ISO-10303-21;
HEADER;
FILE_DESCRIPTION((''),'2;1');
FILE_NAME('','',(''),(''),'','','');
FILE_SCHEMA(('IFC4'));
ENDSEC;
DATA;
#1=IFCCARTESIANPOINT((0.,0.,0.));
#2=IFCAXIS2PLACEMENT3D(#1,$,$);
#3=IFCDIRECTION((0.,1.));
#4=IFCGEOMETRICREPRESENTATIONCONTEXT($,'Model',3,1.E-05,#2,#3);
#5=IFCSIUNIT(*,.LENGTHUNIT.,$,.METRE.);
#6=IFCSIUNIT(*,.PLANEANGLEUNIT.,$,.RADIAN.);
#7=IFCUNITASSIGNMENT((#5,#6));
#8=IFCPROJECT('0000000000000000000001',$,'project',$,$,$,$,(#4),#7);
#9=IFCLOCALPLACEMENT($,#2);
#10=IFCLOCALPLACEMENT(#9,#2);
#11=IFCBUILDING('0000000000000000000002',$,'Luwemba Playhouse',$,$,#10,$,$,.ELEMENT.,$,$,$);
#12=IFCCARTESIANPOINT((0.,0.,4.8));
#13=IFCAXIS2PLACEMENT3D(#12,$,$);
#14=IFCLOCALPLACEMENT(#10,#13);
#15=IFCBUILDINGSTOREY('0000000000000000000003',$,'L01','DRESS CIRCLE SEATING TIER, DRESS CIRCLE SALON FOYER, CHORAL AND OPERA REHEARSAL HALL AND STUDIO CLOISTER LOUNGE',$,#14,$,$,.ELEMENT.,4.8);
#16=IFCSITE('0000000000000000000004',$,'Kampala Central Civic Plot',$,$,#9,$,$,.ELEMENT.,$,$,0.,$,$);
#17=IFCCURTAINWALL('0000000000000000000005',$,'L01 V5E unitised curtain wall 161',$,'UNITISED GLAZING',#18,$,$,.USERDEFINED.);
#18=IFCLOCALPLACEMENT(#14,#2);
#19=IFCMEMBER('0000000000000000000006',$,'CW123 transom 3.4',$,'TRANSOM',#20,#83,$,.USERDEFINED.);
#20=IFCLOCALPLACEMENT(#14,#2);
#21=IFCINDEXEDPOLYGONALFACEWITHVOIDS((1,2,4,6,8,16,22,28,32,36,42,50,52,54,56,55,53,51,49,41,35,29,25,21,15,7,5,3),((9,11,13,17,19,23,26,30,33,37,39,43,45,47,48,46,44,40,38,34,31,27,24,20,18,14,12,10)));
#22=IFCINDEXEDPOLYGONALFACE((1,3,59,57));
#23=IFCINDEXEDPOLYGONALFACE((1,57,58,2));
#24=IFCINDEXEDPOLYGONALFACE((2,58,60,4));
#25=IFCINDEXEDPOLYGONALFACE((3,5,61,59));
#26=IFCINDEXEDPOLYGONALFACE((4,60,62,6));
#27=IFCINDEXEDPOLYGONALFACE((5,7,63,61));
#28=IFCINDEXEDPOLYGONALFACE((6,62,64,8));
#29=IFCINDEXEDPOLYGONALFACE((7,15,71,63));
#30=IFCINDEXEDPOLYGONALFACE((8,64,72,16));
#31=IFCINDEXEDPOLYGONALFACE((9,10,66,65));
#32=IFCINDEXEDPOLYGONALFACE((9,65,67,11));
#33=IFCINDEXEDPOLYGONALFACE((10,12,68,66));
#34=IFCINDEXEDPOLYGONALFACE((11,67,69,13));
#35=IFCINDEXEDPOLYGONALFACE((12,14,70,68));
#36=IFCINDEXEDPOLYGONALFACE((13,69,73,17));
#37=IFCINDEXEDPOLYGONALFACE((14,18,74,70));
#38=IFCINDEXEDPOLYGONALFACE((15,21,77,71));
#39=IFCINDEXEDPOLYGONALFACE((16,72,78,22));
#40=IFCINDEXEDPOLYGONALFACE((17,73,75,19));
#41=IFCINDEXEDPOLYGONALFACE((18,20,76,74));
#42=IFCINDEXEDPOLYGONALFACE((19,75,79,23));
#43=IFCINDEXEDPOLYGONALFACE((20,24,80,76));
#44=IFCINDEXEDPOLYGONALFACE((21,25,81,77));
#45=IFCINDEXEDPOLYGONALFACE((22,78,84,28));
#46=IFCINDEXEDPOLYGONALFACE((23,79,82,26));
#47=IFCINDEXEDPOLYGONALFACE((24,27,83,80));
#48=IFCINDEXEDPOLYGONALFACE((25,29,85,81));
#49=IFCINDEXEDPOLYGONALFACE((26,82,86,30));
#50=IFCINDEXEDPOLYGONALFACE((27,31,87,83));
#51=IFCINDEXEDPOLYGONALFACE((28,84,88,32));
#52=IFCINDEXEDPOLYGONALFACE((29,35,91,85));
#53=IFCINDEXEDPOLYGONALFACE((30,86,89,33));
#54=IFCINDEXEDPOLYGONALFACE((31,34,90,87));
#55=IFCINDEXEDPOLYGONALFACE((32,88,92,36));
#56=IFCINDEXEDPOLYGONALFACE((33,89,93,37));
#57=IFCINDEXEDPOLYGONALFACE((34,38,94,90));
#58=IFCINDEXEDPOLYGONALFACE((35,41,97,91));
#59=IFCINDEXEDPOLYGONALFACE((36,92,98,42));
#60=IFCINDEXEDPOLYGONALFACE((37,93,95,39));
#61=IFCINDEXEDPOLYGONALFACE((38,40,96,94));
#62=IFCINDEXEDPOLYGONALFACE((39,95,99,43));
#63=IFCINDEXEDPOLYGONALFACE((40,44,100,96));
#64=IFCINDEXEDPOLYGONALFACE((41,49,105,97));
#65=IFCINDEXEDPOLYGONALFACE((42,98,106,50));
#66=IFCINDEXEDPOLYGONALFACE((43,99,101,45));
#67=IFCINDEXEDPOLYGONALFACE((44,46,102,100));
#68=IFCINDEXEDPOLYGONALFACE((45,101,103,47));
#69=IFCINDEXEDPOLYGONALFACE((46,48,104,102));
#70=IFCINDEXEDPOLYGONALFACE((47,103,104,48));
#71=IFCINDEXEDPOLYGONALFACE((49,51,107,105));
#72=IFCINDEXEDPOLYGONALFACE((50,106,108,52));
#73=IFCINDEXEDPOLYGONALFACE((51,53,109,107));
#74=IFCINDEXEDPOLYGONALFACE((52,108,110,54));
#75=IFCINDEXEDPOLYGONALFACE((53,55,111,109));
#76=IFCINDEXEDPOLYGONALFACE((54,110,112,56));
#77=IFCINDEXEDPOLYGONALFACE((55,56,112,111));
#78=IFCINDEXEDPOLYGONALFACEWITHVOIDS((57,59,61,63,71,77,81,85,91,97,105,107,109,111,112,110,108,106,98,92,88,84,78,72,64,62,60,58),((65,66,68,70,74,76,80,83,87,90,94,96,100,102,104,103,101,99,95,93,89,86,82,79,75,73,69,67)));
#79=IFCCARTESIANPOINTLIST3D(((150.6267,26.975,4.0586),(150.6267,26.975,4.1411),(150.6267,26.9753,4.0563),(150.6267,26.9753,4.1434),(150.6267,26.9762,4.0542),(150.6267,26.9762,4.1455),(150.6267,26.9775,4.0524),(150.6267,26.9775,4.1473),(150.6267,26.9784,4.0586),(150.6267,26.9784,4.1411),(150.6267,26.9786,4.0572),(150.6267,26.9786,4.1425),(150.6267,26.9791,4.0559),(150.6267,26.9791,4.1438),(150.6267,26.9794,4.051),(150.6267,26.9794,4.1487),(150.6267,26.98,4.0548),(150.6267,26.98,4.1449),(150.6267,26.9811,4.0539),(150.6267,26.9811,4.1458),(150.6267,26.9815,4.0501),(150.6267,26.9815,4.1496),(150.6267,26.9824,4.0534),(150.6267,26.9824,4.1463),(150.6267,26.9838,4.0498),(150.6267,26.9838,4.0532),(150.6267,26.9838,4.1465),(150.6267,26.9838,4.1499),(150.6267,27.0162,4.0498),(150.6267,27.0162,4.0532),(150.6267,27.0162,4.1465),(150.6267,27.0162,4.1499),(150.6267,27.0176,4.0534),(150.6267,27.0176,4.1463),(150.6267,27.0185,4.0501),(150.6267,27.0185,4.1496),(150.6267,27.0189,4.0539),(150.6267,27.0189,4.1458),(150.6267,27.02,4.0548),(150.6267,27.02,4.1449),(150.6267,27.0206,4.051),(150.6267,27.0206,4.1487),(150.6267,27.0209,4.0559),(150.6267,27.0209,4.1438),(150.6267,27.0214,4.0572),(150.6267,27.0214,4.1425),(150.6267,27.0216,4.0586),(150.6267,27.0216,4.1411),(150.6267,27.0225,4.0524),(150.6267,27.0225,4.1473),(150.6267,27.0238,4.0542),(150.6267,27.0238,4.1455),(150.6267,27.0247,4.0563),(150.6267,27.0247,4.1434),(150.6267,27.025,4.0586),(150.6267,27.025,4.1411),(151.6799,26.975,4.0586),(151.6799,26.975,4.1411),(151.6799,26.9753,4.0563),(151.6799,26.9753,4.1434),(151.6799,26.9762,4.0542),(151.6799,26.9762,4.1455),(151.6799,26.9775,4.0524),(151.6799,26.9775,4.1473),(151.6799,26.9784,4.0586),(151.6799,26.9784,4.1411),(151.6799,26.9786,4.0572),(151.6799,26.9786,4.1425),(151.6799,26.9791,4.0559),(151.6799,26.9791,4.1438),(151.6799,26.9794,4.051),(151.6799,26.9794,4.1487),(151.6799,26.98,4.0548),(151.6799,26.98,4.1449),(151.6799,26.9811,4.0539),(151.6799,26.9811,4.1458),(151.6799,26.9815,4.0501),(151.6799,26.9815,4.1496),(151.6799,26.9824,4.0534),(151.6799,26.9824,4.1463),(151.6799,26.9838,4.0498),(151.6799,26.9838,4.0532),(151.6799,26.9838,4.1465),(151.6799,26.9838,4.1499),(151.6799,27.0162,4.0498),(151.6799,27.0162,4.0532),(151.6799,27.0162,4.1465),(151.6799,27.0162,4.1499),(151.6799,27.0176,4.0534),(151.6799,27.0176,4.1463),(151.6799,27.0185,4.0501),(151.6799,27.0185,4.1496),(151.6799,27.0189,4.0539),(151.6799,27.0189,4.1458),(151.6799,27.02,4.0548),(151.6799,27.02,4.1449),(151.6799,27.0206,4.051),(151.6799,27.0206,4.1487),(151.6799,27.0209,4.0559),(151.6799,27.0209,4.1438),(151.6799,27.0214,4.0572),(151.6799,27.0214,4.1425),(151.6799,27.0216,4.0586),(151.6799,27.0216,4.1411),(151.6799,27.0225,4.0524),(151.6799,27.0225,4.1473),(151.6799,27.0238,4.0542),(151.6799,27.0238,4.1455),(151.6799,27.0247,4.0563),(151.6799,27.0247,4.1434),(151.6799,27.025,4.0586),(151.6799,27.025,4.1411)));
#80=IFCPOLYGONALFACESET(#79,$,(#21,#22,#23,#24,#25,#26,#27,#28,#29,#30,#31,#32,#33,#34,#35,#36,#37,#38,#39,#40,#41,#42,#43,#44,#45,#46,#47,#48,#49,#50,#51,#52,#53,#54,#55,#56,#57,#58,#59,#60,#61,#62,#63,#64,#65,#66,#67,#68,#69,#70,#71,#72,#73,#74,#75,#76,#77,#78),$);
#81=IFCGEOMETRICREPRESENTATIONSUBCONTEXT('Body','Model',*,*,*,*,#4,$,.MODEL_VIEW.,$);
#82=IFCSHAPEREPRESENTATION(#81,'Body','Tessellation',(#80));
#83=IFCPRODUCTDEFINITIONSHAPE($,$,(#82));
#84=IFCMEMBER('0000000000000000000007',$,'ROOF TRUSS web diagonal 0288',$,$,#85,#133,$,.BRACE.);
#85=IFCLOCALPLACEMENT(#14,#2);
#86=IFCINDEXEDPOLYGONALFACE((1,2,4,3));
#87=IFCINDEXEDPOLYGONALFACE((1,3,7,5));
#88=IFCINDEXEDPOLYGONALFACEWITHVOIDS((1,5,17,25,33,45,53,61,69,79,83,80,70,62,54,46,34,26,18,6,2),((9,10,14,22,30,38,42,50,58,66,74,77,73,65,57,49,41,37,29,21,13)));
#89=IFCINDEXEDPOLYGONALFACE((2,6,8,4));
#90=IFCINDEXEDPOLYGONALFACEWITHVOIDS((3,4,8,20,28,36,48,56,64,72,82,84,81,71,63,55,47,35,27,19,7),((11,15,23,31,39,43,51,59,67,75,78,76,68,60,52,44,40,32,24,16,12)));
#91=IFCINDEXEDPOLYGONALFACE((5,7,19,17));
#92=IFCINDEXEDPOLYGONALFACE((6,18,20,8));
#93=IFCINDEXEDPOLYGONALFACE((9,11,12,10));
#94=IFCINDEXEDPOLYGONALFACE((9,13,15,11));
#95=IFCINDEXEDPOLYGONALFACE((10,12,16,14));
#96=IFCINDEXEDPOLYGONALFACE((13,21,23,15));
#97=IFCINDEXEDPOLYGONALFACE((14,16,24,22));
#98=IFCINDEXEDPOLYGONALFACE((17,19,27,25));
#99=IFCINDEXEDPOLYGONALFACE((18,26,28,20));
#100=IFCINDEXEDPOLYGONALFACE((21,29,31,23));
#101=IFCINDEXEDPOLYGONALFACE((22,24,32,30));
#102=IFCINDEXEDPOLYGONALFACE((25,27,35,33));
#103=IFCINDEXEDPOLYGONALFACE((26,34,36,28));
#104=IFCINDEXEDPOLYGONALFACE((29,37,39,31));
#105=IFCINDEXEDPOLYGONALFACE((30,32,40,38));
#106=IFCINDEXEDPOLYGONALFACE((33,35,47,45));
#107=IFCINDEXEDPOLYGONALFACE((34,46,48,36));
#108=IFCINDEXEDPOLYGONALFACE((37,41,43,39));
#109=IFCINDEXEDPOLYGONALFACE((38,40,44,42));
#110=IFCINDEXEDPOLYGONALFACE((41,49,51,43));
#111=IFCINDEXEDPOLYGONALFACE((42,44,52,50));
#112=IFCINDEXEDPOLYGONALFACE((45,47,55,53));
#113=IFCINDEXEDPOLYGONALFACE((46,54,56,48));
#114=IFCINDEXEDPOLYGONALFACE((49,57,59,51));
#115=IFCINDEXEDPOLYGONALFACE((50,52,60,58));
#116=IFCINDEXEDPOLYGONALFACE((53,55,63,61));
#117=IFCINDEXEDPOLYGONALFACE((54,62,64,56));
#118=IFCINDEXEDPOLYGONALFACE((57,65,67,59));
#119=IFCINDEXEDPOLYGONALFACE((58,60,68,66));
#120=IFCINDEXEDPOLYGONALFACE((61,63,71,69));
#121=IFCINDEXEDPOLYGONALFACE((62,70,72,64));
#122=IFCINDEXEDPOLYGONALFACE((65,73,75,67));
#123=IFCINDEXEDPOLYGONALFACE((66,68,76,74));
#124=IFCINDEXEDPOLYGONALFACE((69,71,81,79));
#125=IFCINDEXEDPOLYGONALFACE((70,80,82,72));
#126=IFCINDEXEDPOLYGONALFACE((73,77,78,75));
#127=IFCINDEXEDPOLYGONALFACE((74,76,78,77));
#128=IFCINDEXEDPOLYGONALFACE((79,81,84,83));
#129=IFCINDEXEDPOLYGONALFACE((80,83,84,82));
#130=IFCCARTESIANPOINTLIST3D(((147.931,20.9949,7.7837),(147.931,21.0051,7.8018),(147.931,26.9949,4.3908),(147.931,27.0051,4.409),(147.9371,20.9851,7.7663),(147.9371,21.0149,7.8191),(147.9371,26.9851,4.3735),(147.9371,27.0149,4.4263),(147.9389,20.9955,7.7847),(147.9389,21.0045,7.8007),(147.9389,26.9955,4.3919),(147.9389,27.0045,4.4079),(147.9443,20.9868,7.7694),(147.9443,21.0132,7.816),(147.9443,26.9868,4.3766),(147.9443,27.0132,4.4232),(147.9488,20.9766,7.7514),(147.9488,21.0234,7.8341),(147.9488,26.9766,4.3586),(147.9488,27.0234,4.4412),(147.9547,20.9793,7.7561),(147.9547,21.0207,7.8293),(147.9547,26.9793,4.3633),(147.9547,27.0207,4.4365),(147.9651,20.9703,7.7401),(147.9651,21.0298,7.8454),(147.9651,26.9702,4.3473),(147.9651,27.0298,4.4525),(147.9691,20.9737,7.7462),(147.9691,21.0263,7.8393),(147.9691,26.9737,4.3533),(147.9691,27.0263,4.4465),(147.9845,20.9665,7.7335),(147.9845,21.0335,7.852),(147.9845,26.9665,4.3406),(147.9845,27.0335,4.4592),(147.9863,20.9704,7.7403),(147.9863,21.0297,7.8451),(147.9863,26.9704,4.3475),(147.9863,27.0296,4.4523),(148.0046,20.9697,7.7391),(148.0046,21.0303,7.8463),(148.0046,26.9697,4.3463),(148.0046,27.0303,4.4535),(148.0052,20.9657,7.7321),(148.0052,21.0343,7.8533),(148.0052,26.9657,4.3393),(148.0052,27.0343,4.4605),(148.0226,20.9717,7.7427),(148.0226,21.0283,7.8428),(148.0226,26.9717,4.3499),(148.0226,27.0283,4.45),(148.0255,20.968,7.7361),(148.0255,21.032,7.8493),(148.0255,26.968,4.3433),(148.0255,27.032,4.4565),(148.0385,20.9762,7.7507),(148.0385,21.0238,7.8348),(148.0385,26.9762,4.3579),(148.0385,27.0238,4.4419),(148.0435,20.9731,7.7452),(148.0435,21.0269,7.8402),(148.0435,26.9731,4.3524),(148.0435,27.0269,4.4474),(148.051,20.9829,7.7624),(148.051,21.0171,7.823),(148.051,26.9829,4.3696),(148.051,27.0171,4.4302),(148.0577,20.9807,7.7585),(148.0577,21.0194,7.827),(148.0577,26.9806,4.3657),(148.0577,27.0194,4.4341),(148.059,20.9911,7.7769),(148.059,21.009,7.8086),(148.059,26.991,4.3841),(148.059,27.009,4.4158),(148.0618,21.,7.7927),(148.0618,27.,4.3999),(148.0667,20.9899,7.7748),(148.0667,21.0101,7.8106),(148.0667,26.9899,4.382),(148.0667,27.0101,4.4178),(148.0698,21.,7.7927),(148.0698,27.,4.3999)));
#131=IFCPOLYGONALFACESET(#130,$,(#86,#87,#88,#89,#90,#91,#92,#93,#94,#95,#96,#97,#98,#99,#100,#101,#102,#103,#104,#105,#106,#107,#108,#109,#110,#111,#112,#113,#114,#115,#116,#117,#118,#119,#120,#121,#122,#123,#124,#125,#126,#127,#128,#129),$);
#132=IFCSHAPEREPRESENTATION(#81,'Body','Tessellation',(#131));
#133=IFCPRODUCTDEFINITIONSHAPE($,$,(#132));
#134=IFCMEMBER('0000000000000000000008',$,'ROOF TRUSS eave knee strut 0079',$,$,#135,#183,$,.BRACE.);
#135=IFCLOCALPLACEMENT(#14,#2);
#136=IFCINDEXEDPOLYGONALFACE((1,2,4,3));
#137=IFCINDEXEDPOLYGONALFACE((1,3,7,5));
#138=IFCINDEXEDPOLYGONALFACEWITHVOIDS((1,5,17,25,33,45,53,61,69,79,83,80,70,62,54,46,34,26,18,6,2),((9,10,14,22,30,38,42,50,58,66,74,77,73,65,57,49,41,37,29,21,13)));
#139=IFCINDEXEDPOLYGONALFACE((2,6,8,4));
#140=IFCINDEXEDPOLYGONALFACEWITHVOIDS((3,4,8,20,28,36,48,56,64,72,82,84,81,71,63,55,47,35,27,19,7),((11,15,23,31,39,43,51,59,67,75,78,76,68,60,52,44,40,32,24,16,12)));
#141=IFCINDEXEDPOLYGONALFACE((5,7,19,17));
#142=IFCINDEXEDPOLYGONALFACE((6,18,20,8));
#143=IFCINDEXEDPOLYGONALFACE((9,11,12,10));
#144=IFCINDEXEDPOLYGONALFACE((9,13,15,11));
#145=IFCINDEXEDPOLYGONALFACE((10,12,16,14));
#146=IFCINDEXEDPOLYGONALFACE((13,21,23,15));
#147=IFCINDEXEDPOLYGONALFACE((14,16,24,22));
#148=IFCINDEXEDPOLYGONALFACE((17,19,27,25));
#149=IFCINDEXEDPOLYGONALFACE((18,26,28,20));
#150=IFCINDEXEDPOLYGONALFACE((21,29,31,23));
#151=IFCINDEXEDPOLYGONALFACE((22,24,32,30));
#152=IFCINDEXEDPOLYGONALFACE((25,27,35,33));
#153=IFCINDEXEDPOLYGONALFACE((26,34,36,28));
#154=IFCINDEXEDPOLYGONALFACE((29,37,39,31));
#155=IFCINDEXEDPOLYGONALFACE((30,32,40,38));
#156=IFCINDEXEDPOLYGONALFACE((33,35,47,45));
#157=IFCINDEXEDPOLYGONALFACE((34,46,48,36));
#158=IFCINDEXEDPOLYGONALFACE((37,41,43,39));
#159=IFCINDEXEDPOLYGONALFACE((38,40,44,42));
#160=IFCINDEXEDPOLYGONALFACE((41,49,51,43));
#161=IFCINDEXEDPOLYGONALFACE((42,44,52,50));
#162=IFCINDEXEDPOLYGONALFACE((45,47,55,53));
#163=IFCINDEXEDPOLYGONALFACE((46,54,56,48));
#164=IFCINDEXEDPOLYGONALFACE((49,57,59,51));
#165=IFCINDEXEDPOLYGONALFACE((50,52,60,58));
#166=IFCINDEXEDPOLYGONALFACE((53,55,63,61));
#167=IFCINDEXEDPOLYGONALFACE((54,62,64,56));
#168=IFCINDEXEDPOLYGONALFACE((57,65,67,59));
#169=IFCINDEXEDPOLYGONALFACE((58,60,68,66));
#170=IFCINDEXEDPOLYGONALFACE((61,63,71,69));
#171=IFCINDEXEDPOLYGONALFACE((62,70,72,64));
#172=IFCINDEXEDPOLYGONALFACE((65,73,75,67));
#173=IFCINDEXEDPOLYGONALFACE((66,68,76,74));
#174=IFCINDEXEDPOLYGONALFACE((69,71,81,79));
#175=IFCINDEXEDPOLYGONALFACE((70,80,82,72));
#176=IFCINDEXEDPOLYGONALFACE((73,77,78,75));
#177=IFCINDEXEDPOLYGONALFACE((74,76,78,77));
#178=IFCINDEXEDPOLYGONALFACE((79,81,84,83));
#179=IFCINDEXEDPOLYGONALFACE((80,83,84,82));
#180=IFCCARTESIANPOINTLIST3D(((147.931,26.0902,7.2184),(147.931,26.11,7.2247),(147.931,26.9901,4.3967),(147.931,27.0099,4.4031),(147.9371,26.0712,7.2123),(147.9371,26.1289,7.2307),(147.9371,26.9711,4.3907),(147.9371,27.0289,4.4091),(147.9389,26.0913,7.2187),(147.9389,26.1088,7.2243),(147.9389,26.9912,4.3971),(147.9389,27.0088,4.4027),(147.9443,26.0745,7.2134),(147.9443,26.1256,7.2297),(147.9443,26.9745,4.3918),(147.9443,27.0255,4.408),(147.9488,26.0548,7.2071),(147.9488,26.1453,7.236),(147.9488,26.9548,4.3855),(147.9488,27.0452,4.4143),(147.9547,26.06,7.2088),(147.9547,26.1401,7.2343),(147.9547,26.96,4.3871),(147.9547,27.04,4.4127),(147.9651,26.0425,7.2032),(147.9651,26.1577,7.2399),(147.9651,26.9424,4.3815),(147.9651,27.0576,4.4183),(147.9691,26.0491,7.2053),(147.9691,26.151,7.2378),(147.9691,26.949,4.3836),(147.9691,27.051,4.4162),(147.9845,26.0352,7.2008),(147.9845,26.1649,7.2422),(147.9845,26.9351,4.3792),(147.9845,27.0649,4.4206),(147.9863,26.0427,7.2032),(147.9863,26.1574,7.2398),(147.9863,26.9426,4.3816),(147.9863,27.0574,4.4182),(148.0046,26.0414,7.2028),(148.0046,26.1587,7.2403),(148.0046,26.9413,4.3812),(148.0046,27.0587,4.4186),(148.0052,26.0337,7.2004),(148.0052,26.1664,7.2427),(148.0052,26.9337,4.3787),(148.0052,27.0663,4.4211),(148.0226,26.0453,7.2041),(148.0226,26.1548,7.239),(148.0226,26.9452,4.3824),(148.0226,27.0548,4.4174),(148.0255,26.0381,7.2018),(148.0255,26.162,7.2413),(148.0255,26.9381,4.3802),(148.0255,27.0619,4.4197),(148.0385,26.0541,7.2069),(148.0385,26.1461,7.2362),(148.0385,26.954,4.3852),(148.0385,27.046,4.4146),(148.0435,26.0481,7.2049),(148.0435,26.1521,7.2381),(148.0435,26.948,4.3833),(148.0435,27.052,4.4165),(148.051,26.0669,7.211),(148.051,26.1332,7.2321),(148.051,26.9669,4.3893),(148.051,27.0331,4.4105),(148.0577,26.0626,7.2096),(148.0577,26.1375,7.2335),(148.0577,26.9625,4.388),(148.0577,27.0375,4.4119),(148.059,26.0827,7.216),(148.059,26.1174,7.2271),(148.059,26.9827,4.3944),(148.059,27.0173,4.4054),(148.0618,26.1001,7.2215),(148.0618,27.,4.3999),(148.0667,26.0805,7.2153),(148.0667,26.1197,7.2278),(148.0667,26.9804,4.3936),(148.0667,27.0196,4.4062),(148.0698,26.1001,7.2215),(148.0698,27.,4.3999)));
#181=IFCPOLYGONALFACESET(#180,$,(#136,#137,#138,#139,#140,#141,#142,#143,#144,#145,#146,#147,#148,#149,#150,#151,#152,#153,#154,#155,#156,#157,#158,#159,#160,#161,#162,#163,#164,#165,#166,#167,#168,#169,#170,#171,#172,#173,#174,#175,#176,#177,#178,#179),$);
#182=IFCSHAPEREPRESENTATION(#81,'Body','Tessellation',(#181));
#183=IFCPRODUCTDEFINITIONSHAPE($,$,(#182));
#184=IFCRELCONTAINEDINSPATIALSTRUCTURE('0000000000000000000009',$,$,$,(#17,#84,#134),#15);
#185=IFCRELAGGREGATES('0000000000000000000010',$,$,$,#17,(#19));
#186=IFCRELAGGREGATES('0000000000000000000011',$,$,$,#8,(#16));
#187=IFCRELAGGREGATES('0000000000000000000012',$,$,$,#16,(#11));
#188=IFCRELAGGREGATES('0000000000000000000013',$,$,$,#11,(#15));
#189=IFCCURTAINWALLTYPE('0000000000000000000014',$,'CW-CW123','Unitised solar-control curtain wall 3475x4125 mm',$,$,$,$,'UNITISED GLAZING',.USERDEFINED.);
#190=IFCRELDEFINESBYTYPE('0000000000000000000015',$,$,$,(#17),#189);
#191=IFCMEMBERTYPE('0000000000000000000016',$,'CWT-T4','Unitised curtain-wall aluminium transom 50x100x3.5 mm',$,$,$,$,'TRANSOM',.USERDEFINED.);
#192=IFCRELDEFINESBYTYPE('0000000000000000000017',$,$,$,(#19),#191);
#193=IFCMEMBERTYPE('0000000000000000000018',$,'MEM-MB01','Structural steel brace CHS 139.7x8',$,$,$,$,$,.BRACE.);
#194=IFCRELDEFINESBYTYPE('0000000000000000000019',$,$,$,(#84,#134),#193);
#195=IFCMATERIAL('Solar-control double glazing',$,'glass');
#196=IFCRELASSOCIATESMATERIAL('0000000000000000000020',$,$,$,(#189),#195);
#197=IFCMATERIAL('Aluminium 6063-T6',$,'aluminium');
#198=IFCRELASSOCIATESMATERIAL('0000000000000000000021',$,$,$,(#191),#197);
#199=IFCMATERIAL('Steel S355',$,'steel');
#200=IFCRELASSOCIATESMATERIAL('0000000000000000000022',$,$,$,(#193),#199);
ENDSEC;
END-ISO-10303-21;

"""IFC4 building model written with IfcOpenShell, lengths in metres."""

from ifc_helpers import new_model, si_unit, direction, frame, origin, origin_2d, place, context, subcontext, project, spatial, hollow_rectangle, hollow_circle, extrude, material, material_profile, profile_set, type_object, element, aggregate, save


model = new_model("IFC4")

# Units and contexts
model_context = context("Model", 3, precision=1e-05, world=origin(), true_north=direction((0.0, 1.0)))
body_context = subcontext(model_context, "Body", "Model", "MODEL_VIEW")
ifc_project = project(units=[si_unit("LENGTHUNIT", "METRE"), si_unit("PLANEANGLEUNIT", "RADIAN")], contexts=[model_context])

# Site, building, storey
site_placement = place(None, origin())
site = spatial("IfcSite", under=ifc_project, at=site_placement, Name="Kampala Central Civic Plot", CompositionType="ELEMENT", RefElevation=0.0)
building_placement = place(site_placement, origin())
building = spatial("IfcBuilding", under=site, at=building_placement, Name="Luwemba Playhouse", CompositionType="ELEMENT")
storey_placement = place(building_placement, frame((0.0, 0.0, 4.8)))
storey = spatial("IfcBuildingStorey", under=building, at=storey_placement, Name="L01", Description="DRESS CIRCLE SEATING TIER, DRESS CIRCLE SALON FOYER, CHORAL AND OPERA REHEARSAL HALL AND STUDIO CLOISTER LOUNGE", CompositionType="ELEMENT", Elevation=4.8)

# Shared definitions
ifc_material_1 = material(Name="Steel S355", Category="steel")

# Curtain wall, member
ifc_material_2 = material(Name="Solar-control double glazing", Category="glass")
curtain_wall_type = type_object("IfcCurtainWallType", Name="CW-CW123", Description="Unitised solar-control curtain wall 3475x4125 mm", ElementType="UNITISED GLAZING", PredefinedType="USERDEFINED", material=ifc_material_2)
curtain_wall_placement = place(storey_placement, origin())
curtain_wall = element("IfcCurtainWall", 1, at=curtain_wall_placement, inside=storey, type_object=curtain_wall_type, Name="L01 V5E unitised curtain wall 161", ObjectType="UNITISED GLAZING", PredefinedType="USERDEFINED")
ifc_material_3 = material(Name="Aluminium 6063-T6", Category="aluminium")
ifc_material_profile_1 = material_profile(ifc_material_3, hollow_rectangle(XDim=0.05, YDim=0.1001, WallThickness=0.0034, InnerFilletRadius=0.0054, OuterFilletRadius=0.0088, at=origin_2d()))
ifc_profile_set_1 = profile_set([ifc_material_profile_1], Name="Aluminium 6063-T6")
member_type_1 = type_object("IfcMemberType", Name="CWT-T4", Description="Unitised curtain-wall aluminium transom 50x100x3.5 mm", ElementType="TRANSOM", PredefinedType="USERDEFINED", material=ifc_profile_set_1)
member_1_placement = place(storey_placement, frame((150.6267, 27.0, 4.0999), z_axis=(1.0, 0.0, 0.0), x_axis=(0.0, 1.0, 0.0)))
member_1 = element("IfcMember", 2, at=member_1_placement, type_object=member_type_1, Name="CW123 transom 3.4", ObjectType="TRANSOM", PredefinedType="USERDEFINED", context=body_context, shape_type="SweptSolid", body=[
    extrude(hollow_rectangle(XDim=0.05, YDim=0.1001, WallThickness=0.0034, InnerFilletRadius=0.0054, OuterFilletRadius=0.0088, at=origin_2d()), origin(), (0.0, 0.0, 1.0), 1.0532),
])

# Members
ifc_material_profile_2 = material_profile(ifc_material_1, hollow_circle(Radius=0.0698, WallThickness=0.0081, at=origin_2d()))
ifc_profile_set_2 = profile_set([ifc_material_profile_2], Name="Steel S355")
member_type_2 = type_object("IfcMemberType", Name="MEM-MB01", Description="Structural steel brace CHS 139.7x8", PredefinedType="BRACE", material=ifc_profile_set_2)
member_2_placement = place(storey_placement, frame((148.0, 27.0, 4.3999), z_axis=(0.0, -0.870468, 0.492224), x_axis=(1.0, 0.0, 0.0)))
element("IfcMember", 3, at=member_2_placement, inside=storey, type_object=member_type_2, Name="ROOF TRUSS web diagonal 0288", PredefinedType="BRACE", context=body_context, shape_type="SweptSolid", body=[
    extrude(hollow_circle(Radius=0.0698, WallThickness=0.0081, at=origin_2d()), origin(), (0.0, 0.0, 1.0), 6.8928),
])
member_3_placement = place(storey_placement, frame((148.0, 27.0, 4.3999), z_axis=(0.0, -0.30386, 0.952717), x_axis=(1.0, 0.0, 0.0)))
element("IfcMember", 4, at=member_3_placement, inside=storey, type_object=member_type_2, Name="ROOF TRUSS eave knee strut 0079", PredefinedType="BRACE", context=body_context, shape_type="SweptSolid", body=[
    extrude(hollow_circle(Radius=0.0698, WallThickness=0.0081, at=origin_2d()), origin(), (0.0, 0.0, 1.0), 2.9617),
])

aggregate(curtain_wall, [member_1])

save(model, "model.ifc")
